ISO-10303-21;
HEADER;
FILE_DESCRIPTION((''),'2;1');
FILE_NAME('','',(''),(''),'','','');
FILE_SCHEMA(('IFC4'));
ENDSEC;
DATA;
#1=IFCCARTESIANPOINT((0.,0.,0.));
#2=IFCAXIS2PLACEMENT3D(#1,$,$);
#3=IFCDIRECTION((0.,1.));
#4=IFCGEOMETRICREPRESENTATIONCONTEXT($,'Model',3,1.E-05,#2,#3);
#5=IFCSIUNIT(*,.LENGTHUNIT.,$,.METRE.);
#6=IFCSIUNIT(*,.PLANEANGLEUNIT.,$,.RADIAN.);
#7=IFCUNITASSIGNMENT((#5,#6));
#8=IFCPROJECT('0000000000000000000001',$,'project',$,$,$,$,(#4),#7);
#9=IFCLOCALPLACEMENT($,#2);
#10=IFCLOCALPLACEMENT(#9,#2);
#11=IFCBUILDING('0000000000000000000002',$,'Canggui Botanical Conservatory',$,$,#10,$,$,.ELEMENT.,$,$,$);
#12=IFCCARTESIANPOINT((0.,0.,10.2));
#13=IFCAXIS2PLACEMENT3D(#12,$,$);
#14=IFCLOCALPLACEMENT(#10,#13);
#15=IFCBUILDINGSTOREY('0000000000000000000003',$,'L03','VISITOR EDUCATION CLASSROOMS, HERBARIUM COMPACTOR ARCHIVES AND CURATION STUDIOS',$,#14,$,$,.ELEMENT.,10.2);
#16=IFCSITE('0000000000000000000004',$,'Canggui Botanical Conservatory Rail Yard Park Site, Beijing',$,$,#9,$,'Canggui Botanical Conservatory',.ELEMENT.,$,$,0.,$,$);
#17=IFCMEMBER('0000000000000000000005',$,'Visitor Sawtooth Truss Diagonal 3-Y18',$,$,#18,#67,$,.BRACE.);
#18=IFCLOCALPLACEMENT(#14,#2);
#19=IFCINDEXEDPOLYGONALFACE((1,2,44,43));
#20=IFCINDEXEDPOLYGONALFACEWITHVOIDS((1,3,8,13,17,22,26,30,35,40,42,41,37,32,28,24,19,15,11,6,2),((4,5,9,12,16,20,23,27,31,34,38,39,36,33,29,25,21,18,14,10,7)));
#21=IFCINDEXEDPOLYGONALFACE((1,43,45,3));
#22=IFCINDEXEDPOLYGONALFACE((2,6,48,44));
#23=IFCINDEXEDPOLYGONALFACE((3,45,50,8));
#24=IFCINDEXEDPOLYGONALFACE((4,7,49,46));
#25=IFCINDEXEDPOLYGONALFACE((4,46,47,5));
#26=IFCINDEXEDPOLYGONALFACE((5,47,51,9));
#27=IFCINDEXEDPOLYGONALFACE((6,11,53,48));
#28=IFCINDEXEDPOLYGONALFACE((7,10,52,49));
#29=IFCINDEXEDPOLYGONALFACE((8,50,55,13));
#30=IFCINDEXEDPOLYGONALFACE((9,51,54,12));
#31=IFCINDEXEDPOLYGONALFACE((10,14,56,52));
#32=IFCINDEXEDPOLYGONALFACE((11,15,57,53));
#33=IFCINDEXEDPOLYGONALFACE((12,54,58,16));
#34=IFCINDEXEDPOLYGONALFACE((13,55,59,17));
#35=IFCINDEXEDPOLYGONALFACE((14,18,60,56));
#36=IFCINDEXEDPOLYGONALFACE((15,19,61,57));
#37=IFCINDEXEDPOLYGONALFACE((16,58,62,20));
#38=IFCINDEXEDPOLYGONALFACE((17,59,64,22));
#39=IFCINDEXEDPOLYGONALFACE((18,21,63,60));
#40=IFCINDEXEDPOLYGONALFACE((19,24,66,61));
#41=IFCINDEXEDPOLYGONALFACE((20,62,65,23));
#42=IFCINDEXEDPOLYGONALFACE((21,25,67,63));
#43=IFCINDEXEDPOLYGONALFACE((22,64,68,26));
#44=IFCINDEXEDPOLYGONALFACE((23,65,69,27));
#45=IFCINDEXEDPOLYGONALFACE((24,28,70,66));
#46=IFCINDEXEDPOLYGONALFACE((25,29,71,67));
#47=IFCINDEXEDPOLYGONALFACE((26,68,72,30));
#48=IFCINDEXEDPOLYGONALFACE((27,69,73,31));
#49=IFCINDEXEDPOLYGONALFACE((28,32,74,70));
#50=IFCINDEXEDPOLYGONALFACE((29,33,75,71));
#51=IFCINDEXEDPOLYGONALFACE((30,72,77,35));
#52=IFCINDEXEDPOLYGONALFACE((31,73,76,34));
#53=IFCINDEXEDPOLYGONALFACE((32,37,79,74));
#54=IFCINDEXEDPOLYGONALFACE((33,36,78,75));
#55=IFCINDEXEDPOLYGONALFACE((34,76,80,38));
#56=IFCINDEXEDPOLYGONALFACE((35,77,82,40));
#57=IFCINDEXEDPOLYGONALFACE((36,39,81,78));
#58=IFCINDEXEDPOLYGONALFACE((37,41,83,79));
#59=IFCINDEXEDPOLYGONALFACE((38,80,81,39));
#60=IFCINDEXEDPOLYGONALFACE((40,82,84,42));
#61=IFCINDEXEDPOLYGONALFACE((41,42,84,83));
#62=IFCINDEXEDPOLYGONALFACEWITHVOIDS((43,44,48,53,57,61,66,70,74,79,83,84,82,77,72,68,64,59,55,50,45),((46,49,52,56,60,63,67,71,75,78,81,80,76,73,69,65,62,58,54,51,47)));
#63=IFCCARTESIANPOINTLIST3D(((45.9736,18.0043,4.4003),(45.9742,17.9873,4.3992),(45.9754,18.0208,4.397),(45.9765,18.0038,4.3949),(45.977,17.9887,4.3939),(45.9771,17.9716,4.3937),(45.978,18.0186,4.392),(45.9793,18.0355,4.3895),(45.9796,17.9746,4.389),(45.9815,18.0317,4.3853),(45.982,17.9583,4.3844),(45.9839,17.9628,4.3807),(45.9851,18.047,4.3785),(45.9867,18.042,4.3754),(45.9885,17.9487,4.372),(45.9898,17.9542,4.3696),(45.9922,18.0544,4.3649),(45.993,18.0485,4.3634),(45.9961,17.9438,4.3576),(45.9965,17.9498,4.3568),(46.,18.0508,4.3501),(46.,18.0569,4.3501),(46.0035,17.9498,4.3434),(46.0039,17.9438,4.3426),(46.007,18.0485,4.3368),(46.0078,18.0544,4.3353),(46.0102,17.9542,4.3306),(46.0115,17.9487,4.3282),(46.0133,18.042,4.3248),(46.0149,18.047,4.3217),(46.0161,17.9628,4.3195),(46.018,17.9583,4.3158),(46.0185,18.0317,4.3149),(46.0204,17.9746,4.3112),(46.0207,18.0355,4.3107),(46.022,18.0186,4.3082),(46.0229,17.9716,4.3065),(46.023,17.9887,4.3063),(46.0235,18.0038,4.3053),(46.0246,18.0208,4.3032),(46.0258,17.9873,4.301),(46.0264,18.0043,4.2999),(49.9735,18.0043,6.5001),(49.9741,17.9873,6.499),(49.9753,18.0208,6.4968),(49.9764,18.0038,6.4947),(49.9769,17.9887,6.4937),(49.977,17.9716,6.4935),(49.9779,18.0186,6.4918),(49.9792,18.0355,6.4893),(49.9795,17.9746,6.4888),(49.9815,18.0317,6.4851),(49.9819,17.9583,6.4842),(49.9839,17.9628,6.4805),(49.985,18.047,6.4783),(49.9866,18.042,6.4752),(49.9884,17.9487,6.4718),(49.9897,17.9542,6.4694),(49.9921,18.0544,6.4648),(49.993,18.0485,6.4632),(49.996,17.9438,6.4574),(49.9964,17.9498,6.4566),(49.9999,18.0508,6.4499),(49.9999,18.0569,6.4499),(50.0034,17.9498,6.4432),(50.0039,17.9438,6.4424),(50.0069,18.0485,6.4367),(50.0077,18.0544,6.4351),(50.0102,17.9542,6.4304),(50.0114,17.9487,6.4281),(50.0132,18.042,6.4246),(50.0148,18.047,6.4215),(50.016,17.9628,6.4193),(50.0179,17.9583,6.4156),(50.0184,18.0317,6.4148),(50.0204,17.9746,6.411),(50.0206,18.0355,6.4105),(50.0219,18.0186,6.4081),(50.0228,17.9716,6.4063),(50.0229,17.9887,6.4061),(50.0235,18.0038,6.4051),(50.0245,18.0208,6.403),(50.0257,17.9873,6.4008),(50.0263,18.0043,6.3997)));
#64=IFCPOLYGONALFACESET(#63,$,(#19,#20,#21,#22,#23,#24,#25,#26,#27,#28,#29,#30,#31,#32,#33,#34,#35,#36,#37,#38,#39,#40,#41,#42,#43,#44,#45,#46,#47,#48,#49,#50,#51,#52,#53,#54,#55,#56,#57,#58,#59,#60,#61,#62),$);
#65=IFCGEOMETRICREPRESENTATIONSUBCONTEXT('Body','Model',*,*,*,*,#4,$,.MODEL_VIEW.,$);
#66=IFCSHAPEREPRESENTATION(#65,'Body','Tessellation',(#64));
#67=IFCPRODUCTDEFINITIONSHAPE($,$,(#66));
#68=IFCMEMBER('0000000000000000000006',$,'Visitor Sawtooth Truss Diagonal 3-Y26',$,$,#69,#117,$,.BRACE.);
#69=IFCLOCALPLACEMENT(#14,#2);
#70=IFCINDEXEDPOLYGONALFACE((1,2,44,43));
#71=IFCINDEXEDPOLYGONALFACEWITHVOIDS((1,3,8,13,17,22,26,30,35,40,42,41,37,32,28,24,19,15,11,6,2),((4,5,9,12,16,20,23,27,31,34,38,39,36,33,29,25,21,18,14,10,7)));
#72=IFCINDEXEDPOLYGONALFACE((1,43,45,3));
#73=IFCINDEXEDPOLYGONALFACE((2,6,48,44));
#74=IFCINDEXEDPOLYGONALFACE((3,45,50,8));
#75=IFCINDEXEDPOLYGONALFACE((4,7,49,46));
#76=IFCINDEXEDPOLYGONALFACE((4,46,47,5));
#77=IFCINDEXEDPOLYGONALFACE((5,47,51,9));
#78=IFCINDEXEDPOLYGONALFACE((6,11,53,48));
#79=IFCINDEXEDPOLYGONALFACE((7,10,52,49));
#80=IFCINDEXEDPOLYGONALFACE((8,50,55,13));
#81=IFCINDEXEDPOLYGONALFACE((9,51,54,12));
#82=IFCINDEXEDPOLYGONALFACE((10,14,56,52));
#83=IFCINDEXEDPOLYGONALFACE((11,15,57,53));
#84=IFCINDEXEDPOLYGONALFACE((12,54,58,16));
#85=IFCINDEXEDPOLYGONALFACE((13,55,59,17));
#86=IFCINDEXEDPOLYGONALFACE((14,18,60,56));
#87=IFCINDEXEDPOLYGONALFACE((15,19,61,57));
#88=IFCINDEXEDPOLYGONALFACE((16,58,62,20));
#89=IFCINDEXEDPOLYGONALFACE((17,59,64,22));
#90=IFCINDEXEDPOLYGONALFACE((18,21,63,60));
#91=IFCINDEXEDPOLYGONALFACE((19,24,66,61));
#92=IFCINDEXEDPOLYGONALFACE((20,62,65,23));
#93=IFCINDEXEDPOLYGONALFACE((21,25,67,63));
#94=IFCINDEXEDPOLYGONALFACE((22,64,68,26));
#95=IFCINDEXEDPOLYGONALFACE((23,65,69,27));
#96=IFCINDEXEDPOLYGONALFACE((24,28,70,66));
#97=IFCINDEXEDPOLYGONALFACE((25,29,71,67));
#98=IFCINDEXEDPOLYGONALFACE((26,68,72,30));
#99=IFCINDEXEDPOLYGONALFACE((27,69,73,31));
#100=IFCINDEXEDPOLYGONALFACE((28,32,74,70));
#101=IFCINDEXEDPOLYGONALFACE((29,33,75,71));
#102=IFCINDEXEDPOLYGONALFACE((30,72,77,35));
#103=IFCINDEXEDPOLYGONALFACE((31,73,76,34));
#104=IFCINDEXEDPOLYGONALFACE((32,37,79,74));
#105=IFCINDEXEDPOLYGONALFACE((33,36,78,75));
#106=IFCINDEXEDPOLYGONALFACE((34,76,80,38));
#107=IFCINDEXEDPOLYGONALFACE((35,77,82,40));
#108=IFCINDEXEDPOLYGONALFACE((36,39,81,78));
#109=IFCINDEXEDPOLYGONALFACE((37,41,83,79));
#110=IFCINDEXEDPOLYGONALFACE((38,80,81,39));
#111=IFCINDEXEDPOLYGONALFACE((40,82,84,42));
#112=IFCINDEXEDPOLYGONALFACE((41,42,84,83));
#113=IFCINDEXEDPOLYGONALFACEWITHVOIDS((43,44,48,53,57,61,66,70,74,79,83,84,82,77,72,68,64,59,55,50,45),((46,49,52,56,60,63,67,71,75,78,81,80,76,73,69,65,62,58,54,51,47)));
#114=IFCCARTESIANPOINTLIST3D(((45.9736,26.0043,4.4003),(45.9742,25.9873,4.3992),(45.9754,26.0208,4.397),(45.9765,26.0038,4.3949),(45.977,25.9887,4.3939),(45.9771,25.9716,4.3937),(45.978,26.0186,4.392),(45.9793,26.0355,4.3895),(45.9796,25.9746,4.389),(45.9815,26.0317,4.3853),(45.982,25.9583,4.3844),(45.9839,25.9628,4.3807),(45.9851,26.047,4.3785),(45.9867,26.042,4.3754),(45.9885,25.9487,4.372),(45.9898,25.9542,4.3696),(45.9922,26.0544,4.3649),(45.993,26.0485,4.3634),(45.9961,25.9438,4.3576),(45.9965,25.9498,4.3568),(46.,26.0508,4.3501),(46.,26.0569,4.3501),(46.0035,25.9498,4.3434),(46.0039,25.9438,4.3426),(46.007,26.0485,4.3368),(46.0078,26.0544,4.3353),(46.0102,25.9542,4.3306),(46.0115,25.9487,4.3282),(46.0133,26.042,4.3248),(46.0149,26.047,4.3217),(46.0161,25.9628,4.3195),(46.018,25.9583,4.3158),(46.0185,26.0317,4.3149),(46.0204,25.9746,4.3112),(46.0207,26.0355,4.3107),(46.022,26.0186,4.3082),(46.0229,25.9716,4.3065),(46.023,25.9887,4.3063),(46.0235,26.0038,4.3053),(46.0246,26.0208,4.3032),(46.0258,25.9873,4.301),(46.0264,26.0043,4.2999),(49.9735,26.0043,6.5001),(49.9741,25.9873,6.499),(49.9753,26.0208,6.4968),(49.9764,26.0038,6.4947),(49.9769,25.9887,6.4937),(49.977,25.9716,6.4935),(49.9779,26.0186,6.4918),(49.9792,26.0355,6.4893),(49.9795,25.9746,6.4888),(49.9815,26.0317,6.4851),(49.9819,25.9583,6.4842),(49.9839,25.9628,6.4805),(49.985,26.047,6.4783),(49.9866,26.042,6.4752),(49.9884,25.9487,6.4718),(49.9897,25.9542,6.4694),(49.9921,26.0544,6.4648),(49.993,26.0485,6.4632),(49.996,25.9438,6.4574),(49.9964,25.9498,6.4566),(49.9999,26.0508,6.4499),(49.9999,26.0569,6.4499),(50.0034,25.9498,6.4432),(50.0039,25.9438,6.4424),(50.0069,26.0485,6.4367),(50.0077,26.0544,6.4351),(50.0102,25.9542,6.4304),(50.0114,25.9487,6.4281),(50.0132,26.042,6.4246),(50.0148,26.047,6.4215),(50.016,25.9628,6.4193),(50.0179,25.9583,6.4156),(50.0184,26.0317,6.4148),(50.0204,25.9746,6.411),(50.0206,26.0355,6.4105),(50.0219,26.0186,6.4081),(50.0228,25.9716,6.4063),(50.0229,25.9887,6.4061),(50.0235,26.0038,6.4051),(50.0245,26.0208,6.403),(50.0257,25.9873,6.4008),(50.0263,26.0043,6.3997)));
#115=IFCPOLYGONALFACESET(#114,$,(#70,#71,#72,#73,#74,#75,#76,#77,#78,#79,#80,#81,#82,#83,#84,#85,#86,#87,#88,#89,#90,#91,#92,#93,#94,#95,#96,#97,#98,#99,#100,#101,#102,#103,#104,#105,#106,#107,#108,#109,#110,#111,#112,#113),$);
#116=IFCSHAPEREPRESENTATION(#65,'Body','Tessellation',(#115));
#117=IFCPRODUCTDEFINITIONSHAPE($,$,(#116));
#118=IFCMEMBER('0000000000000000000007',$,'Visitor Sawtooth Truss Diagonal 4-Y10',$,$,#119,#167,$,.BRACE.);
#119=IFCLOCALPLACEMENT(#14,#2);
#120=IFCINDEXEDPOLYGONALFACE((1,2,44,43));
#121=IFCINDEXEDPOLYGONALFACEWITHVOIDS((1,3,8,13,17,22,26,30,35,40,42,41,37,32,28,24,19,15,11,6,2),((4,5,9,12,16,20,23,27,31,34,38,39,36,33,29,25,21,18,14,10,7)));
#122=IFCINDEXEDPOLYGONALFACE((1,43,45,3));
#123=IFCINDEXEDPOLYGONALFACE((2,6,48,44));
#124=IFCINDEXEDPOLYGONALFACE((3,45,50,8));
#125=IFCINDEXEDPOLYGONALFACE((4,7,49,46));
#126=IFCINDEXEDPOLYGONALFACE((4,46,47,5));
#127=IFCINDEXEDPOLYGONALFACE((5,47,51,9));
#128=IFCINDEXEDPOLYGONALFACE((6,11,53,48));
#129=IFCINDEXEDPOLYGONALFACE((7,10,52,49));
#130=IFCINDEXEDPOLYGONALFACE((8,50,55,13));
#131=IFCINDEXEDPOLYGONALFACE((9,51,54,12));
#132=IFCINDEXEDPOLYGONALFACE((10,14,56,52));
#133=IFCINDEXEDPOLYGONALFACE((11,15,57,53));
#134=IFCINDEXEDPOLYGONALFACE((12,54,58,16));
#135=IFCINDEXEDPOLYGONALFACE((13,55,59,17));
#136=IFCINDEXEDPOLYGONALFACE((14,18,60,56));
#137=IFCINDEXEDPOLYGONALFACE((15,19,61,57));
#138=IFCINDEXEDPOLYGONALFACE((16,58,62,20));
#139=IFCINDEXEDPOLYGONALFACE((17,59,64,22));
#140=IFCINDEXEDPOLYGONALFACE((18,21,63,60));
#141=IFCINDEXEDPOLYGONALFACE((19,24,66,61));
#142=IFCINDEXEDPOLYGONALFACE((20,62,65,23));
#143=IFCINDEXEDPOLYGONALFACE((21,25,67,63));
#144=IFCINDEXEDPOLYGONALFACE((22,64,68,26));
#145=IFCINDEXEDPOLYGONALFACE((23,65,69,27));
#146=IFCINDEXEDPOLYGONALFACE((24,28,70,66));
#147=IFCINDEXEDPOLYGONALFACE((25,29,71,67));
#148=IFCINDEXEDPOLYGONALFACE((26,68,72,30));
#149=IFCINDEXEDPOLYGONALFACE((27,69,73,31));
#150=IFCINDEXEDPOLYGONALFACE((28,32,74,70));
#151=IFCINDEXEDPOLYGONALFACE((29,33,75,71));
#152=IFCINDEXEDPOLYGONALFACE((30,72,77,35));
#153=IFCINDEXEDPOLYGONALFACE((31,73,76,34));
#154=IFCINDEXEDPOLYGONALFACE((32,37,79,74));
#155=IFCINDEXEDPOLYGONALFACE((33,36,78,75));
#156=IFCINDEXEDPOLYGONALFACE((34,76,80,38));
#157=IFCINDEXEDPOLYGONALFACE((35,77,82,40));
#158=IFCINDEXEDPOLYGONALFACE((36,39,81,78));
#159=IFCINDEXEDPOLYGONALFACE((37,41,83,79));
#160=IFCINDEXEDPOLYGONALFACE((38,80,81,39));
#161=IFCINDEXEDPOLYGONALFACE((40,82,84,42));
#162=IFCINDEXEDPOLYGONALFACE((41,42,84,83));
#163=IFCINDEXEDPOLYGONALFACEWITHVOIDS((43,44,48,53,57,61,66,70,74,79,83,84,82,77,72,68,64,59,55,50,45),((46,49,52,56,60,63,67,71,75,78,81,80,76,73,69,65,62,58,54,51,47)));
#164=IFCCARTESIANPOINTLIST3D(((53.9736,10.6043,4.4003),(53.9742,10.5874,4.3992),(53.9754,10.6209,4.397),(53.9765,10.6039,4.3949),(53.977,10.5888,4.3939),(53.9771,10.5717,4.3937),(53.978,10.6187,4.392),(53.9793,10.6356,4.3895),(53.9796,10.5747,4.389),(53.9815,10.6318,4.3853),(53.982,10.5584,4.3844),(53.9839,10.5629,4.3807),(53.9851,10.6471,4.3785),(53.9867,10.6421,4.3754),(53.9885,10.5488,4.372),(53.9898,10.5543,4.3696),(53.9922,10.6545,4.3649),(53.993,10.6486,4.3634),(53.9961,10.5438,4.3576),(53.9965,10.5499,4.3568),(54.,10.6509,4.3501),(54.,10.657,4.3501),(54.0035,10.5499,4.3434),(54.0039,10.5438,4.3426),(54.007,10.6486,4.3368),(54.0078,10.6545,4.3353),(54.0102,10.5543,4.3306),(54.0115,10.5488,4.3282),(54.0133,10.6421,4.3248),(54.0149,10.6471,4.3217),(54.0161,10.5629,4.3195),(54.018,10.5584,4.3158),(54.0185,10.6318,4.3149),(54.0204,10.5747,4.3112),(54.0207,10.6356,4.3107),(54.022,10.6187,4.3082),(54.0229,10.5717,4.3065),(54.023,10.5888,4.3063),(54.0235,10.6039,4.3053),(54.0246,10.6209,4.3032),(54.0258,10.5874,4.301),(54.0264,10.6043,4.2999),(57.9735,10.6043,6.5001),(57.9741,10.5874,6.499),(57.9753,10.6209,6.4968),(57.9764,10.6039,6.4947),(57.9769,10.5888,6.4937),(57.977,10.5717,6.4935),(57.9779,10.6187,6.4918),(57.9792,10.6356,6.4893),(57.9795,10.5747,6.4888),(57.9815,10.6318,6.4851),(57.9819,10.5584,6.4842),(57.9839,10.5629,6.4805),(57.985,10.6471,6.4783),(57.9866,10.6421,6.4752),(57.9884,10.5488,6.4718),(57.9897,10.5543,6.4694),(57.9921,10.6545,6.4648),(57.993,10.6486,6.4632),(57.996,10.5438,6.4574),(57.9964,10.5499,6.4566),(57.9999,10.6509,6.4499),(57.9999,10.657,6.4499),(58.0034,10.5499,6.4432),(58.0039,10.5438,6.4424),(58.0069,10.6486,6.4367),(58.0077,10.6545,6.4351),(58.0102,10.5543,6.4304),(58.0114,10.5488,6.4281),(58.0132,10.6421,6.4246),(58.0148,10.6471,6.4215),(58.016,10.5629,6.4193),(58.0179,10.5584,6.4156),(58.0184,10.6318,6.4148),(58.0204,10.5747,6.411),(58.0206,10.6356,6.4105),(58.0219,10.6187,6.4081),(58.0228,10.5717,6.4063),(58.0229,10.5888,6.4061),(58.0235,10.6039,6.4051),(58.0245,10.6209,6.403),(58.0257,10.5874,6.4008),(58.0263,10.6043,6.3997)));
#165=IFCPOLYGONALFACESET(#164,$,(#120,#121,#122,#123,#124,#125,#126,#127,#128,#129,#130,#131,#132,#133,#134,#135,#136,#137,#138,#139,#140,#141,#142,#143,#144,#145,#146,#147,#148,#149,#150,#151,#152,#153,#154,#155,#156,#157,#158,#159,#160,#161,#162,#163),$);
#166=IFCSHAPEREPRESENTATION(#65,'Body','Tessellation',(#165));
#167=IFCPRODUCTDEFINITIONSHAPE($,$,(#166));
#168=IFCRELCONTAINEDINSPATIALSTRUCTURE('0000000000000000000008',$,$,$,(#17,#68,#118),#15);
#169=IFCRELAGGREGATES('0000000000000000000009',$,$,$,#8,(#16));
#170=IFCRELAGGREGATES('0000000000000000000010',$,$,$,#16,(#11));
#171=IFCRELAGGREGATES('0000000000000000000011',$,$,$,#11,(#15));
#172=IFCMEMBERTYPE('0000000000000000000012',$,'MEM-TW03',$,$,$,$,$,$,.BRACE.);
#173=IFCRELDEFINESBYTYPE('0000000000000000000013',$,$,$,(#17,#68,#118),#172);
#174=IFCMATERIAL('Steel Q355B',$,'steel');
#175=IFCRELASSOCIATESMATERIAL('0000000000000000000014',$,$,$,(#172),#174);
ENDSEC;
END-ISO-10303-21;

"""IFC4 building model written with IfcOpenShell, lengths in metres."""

from ifc_helpers import new_model, si_unit, direction, frame, origin, origin_2d, place, context, subcontext, project, spatial, hollow_circle, extrude, material, material_profile, profile_set, type_object, element, save


model = new_model("IFC4")

# Units and contexts
model_context = context("Model", 3, precision=1e-05, world=origin(), true_north=direction((0.0, 1.0)))
body_context = subcontext(model_context, "Body", "Model", "MODEL_VIEW")
ifc_project = project(units=[si_unit("LENGTHUNIT", "METRE"), si_unit("PLANEANGLEUNIT", "RADIAN")], contexts=[model_context])

# Site, building, storey
site_placement = place(None, origin())
site = spatial("IfcSite", under=ifc_project, at=site_placement, Name="Canggui Botanical Conservatory Rail Yard Park Site, Beijing", LongName="Canggui Botanical Conservatory", CompositionType="ELEMENT", RefElevation=0.0)
building_placement = place(site_placement, origin())
building = spatial("IfcBuilding", under=site, at=building_placement, Name="Canggui Botanical Conservatory", CompositionType="ELEMENT")
storey_placement = place(building_placement, frame((0.0, 0.0, 10.2)))
storey = spatial("IfcBuildingStorey", under=building, at=storey_placement, Name="L03", Description="VISITOR EDUCATION CLASSROOMS, HERBARIUM COMPACTOR ARCHIVES AND CURATION STUDIOS", CompositionType="ELEMENT", Elevation=10.2)

# Shared definitions
ifc_material_1 = material(Name="Steel Q355B", Category="steel")

# Members
ifc_material_profile_1 = material_profile(ifc_material_1, hollow_circle(Radius=0.0569, WallThickness=0.0061, at=origin_2d()), Name="CHS 114x6")
ifc_profile_set_1 = profile_set([ifc_material_profile_1], Name="Steel Q355B")
member_type_1 = type_object("IfcMemberType", Name="MEM-TW03", PredefinedType="BRACE", material=ifc_profile_set_1)
for number, where, z_axis, x_axis, name in (
    (1, (46.0, 18.0, 4.3501), (0.885411, 0.0, 0.464808), (0.0, 1.0, 0.0), "Visitor Sawtooth Truss Diagonal 3-Y18"),
    (2, (46.0, 26.0, 4.3501), (0.885411, 0.0, 0.464808), (0.0, 1.0, 0.0), "Visitor Sawtooth Truss Diagonal 3-Y26"),
    (3, (54.0, 10.6001, 4.3501), (0.885411, 0.0, 0.464808), (0.0, 1.0, 0.0), "Visitor Sawtooth Truss Diagonal 4-Y10"),
):
    element("IfcMember", number, at=place(storey_placement, frame(where, z_axis=z_axis, x_axis=x_axis)), inside=storey, type_object=member_type_1, Name=name, PredefinedType="BRACE", context=body_context, shape_type="SweptSolid", body=[
        extrude(hollow_circle(Radius=0.0569, WallThickness=0.0061, at=origin_2d()), origin(), (0.0, 0.0, 1.0), 4.5176),
    ])

save(model, "model.ifc")
